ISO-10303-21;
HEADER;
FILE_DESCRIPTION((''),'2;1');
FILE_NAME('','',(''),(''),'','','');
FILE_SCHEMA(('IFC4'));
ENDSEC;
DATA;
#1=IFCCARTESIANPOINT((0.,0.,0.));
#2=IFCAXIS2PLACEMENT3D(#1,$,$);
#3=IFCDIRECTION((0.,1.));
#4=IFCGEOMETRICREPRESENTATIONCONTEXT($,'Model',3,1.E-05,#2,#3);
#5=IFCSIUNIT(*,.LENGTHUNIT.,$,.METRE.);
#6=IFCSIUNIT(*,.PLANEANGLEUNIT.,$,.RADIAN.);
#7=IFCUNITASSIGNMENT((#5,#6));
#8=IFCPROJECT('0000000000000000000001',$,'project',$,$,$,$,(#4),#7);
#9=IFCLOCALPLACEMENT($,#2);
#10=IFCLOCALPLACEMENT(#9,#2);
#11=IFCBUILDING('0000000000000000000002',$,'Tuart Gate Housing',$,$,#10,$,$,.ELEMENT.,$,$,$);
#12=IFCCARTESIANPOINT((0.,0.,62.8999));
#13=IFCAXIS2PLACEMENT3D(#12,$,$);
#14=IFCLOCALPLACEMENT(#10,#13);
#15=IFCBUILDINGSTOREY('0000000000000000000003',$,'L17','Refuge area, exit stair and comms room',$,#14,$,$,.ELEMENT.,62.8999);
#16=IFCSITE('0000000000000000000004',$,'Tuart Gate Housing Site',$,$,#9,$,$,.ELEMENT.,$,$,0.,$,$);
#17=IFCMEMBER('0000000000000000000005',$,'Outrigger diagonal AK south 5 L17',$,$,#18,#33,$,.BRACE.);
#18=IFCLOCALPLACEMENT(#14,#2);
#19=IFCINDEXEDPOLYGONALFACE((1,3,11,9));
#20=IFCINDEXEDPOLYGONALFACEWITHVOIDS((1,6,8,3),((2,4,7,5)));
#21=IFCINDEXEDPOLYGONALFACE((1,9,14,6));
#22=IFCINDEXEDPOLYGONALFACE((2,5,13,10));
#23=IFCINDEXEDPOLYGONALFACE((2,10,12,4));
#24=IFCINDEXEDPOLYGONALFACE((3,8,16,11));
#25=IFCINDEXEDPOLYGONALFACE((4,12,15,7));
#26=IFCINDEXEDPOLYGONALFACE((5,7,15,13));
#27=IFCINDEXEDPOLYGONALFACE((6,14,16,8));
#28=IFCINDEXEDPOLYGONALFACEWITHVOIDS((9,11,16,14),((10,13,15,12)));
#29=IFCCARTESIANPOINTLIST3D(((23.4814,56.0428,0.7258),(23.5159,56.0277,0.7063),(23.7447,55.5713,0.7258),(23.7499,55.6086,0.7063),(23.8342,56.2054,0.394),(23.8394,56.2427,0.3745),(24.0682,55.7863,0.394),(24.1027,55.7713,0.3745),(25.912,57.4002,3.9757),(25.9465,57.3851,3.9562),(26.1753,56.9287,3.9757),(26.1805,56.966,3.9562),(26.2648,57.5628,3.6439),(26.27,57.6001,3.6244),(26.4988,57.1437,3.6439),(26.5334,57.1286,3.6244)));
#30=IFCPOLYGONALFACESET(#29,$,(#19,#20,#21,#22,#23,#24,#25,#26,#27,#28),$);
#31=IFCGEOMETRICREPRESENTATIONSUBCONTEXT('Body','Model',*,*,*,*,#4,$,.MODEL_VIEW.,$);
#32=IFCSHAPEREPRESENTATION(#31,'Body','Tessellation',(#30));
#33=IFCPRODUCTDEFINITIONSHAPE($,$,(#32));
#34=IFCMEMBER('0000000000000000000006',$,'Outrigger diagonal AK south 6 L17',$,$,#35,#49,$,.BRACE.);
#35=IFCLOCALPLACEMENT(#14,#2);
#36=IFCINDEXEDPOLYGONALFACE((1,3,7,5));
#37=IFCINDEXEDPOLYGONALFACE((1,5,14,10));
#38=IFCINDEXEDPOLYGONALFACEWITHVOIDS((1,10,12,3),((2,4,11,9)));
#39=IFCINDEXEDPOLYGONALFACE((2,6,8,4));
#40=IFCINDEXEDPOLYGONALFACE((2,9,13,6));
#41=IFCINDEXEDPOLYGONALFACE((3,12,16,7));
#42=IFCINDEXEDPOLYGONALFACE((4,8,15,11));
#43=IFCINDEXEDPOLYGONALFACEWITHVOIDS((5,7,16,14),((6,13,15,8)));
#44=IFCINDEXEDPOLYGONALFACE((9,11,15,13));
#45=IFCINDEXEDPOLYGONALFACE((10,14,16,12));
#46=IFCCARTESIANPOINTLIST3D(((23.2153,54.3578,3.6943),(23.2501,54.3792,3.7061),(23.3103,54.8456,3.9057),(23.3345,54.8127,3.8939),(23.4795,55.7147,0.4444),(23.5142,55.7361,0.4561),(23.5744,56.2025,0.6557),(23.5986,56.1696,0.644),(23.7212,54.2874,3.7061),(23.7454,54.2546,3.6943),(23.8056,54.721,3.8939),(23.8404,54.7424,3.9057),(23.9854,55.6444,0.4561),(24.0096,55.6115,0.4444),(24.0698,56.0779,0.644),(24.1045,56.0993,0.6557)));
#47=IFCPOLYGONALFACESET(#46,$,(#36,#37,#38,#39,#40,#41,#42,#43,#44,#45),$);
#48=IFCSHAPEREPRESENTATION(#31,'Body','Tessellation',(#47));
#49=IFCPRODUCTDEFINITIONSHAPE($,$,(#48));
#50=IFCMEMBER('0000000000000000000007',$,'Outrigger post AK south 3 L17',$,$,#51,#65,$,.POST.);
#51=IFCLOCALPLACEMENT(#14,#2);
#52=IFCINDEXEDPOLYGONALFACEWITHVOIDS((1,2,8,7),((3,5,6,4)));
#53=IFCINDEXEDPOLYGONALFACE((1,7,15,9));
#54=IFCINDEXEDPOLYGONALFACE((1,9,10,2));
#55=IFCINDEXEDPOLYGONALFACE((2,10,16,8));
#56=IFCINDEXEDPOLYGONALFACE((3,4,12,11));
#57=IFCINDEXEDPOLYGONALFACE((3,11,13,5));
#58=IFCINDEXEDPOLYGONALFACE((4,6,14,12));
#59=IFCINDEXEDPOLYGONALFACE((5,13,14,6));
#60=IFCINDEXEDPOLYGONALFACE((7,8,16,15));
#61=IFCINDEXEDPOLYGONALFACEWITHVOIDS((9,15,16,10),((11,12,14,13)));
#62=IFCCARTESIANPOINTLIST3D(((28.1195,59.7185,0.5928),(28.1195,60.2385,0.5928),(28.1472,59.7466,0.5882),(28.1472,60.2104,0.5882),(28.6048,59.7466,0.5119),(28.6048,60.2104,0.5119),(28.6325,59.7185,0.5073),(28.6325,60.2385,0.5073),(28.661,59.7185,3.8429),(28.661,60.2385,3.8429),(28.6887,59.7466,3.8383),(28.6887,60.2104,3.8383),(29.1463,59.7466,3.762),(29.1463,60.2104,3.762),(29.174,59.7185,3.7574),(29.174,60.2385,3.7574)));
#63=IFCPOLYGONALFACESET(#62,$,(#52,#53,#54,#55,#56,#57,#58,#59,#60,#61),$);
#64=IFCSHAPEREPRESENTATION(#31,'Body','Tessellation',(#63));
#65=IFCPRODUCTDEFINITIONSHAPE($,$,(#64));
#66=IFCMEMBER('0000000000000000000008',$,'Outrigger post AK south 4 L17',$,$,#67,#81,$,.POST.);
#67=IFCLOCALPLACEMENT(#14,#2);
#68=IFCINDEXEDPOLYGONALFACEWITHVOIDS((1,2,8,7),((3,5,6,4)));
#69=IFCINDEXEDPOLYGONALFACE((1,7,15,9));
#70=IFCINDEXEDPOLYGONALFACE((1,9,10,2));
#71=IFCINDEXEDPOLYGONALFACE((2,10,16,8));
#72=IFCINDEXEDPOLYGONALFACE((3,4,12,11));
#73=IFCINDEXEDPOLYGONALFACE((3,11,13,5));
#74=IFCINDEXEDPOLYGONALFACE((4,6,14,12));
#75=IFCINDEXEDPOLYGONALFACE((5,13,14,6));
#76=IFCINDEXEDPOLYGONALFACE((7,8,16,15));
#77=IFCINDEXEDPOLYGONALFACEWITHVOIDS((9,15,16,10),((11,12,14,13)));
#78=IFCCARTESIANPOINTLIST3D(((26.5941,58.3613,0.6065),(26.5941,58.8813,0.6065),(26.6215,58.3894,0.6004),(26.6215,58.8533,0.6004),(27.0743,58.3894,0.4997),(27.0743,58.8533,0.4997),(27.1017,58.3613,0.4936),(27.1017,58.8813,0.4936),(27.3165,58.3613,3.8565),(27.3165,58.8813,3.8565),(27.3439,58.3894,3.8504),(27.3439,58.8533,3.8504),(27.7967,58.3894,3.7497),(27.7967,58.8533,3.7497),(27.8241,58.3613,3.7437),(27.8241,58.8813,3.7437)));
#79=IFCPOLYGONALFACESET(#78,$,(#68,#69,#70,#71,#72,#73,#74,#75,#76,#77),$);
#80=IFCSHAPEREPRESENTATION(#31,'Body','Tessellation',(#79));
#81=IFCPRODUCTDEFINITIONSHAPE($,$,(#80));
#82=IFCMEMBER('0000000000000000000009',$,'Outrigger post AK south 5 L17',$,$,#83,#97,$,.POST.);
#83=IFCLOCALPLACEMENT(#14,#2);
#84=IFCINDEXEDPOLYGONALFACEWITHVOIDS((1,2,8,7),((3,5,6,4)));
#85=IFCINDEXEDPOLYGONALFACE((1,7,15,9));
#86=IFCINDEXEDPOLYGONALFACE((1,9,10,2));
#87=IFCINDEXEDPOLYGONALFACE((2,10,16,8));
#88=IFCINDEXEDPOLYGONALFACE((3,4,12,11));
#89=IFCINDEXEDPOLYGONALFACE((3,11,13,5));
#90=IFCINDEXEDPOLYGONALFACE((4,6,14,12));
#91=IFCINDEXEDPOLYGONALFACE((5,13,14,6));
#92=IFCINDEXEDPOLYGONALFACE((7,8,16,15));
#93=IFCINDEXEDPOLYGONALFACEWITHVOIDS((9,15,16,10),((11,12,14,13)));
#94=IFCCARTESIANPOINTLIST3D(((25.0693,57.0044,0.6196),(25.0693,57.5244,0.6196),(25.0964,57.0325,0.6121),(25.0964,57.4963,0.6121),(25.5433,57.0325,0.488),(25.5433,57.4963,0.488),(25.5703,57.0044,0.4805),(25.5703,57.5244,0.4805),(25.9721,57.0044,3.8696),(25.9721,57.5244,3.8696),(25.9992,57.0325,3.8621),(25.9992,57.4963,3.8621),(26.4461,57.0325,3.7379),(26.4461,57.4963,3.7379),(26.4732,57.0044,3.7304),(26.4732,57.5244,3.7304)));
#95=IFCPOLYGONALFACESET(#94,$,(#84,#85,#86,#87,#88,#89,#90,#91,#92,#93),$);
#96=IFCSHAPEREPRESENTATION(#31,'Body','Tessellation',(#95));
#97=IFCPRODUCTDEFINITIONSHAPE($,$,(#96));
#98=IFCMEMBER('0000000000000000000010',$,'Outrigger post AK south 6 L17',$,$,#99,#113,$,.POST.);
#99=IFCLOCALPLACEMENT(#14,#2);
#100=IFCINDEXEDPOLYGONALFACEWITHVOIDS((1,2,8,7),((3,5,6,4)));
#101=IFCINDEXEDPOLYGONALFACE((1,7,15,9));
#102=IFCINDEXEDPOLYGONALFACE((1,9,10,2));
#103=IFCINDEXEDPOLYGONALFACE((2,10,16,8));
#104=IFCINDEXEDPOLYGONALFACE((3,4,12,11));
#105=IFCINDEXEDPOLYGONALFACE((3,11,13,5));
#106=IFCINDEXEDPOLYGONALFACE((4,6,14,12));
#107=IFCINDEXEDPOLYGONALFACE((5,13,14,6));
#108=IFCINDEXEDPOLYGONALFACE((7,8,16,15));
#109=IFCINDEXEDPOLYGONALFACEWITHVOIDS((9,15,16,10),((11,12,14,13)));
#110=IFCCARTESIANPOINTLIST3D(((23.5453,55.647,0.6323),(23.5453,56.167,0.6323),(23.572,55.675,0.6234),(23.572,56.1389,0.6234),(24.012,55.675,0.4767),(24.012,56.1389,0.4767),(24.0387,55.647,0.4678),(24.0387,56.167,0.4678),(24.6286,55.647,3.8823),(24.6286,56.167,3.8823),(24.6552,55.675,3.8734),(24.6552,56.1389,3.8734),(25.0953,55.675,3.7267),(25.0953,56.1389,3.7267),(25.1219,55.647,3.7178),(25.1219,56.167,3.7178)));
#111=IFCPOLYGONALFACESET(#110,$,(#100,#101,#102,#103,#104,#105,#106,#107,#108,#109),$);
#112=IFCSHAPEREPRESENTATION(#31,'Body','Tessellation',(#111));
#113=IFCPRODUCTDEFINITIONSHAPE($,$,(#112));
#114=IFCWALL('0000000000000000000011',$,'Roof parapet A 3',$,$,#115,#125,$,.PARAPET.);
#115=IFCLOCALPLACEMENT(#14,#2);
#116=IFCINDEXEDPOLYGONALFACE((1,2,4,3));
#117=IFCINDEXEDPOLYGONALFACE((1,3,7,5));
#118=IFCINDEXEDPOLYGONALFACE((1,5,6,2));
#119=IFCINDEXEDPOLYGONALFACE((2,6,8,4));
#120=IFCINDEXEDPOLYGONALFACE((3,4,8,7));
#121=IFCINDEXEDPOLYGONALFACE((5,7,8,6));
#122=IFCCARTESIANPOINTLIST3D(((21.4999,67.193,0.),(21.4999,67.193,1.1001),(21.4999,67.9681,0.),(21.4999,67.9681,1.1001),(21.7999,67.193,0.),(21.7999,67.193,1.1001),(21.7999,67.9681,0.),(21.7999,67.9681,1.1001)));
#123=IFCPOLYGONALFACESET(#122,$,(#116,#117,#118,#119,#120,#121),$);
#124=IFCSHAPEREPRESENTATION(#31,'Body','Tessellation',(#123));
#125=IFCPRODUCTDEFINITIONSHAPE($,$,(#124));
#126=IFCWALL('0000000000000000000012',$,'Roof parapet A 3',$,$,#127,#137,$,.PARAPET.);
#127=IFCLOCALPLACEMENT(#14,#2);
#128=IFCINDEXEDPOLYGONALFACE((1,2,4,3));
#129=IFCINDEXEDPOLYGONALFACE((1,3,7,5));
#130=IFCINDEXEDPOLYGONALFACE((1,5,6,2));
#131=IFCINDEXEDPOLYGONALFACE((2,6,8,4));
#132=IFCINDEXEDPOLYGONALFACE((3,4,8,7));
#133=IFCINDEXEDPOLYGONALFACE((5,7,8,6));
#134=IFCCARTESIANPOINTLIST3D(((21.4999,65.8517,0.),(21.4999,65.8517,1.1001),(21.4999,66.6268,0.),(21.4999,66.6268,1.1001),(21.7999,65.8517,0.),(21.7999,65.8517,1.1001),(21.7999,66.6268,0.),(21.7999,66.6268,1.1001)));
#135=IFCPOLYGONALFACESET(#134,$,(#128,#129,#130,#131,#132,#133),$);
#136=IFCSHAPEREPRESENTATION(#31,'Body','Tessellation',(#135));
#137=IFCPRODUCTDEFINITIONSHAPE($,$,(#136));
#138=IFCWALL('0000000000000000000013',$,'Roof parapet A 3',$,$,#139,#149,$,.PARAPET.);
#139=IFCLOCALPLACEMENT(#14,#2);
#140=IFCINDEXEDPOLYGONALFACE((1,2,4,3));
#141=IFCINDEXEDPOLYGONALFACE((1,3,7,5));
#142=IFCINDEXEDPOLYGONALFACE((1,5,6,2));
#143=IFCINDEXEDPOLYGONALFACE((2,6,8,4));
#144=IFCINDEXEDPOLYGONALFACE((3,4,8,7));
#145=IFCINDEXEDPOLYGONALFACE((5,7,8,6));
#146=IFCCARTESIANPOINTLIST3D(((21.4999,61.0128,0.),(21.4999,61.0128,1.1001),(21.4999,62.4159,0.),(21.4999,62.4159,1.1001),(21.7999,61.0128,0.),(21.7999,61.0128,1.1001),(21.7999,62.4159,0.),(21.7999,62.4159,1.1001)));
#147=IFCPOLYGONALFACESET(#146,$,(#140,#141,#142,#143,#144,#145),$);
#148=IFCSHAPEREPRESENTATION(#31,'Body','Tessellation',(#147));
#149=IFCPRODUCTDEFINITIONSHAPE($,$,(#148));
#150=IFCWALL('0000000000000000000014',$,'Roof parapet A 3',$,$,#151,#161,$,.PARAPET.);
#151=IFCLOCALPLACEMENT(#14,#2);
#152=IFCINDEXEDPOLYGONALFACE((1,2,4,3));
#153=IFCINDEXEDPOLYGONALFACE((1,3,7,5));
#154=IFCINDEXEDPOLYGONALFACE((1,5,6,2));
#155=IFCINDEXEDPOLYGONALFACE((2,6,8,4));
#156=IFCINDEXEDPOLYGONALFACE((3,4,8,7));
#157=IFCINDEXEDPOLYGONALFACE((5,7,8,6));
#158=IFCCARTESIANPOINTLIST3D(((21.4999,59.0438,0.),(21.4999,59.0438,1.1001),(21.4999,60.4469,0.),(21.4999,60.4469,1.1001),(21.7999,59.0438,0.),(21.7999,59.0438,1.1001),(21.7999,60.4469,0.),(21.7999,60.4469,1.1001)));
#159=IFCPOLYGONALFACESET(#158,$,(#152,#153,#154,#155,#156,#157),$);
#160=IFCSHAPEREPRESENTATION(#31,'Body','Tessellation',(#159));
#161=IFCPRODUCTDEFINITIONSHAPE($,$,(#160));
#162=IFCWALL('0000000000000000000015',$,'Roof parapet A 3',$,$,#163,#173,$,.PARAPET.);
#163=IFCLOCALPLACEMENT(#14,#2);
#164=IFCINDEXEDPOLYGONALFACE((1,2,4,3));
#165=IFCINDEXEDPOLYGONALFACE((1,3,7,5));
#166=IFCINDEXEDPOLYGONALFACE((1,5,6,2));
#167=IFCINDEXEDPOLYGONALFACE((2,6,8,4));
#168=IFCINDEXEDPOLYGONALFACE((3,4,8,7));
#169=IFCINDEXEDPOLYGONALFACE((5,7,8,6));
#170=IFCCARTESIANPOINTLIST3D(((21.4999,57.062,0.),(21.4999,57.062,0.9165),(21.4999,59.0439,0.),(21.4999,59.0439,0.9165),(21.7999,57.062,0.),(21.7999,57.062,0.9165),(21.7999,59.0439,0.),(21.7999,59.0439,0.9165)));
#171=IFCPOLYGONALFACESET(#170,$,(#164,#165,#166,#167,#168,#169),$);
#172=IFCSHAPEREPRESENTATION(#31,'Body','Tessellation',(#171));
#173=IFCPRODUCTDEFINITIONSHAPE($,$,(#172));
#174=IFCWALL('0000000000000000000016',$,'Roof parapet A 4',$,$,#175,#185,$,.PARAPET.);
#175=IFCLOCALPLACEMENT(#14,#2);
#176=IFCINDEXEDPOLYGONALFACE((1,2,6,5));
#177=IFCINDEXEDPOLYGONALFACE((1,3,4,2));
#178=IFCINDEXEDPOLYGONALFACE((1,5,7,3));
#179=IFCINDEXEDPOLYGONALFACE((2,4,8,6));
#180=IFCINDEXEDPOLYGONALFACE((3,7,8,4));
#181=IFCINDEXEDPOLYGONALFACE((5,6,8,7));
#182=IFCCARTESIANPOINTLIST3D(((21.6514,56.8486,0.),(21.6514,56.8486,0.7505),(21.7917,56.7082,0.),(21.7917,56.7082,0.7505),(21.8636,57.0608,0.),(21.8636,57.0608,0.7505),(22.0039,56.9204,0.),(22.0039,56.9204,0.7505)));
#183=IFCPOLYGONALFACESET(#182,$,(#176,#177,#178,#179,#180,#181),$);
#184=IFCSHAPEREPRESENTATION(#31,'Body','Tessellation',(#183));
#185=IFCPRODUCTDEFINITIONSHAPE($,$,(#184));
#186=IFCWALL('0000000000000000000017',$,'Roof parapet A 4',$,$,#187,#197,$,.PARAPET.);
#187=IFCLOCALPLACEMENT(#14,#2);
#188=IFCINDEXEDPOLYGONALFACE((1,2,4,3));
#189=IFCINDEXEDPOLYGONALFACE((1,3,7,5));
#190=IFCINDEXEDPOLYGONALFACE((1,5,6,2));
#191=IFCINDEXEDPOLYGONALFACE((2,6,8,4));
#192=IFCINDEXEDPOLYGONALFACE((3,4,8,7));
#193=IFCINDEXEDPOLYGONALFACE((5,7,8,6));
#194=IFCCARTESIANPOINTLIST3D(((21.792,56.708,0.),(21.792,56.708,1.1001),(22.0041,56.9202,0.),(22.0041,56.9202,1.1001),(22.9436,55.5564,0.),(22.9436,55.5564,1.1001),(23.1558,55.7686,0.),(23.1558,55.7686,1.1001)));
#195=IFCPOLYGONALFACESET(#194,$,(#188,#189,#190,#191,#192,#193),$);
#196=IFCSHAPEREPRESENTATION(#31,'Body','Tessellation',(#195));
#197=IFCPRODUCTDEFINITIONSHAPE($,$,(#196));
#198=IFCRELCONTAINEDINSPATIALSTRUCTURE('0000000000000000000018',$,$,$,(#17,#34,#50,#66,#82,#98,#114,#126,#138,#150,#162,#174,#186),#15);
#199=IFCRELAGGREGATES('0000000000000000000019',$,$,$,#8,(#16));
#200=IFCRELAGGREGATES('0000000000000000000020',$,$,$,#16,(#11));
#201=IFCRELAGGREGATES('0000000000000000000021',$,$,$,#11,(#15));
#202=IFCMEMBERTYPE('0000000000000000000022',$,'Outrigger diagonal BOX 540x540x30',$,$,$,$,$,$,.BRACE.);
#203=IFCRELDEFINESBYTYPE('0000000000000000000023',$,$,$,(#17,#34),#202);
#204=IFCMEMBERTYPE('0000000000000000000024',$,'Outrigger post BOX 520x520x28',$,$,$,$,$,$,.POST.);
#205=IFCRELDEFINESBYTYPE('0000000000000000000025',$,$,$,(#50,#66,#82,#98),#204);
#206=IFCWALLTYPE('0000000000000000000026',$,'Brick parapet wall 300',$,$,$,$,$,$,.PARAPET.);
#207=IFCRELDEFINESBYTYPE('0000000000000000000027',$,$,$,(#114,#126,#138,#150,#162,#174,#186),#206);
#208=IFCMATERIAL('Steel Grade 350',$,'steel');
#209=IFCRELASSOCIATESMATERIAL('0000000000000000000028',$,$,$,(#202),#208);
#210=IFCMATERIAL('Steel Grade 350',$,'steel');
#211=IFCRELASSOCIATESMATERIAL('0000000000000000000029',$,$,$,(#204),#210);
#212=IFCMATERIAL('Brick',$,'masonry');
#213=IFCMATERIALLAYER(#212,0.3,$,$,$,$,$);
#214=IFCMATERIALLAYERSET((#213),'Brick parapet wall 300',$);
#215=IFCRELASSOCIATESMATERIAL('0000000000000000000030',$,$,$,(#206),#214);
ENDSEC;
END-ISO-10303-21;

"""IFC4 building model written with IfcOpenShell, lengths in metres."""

from ifc_helpers import new_model, si_unit, direction, frame, frame_2d, origin, origin_2d, place, context, subcontext, project, spatial, rectangle, hollow_rectangle, extrude, material, layer, layer_set, material_profile, profile_set, type_object, element, save


model = new_model("IFC4")

# Units and contexts
model_context = context("Model", 3, precision=1e-05, world=origin(), true_north=direction((0.0, 1.0)))
body_context = subcontext(model_context, "Body", "Model", "MODEL_VIEW")
ifc_project = project(units=[si_unit("LENGTHUNIT", "METRE"), si_unit("PLANEANGLEUNIT", "RADIAN")], contexts=[model_context])

# Site, building, storey
site_placement = place(None, origin())
site = spatial("IfcSite", under=ifc_project, at=site_placement, Name="Tuart Gate Housing Site", CompositionType="ELEMENT", RefElevation=0.0)
building_placement = place(site_placement, origin())
building = spatial("IfcBuilding", under=site, at=building_placement, Name="Tuart Gate Housing", CompositionType="ELEMENT")
storey_placement = place(building_placement, frame((0.0, 0.0, 62.8999)))
storey = spatial("IfcBuildingStorey", under=building, at=storey_placement, Name="L17", Description="Refuge area, exit stair and comms room", CompositionType="ELEMENT", Elevation=62.8999)

# Members
ifc_material_1 = material(Name="Steel Grade 350", Category="steel")
ifc_material_profile_1 = material_profile(ifc_material_1, hollow_rectangle(XDim=0.54, YDim=0.54, WallThickness=0.03, at=origin_2d()), Name="BOX 540x540x30")
ifc_profile_set_1 = profile_set([ifc_material_profile_1], Name="Steel Grade 350")
member_type_1 = type_object("IfcMemberType", Name="Outrigger diagonal BOX 540x540x30", PredefinedType="BRACE", material=ifc_profile_set_1)
member_1_placement = place(storey_placement, frame((26.2227, 57.2644, 3.8), z_axis=(-0.567992, -0.317199, -0.759453), x_axis=(0.487578, -0.87308, 0.0)))
element("IfcMember", 1, at=member_1_placement, inside=storey, type_object=member_type_1, Name="Outrigger diagonal AK south 5 L17", PredefinedType="BRACE", context=body_context, shape_type="SweptSolid", body=[
    extrude(hollow_rectangle(XDim=0.54, YDim=0.54, WallThickness=0.03, at=origin_2d()), origin(), (0.0, 0.0, 1.0), 4.2793),
])
member_2_placement = place(storey_placement, frame((23.792, 55.907, 0.55), z_axis=(-0.074795, -0.384205, 0.920213), x_axis=(0.981573, -0.191087, 0.0)))
element("IfcMember", 2, at=member_2_placement, inside=storey, type_object=member_type_1, Name="Outrigger diagonal AK south 6 L17", PredefinedType="BRACE", context=body_context, shape_type="SweptSolid", body=[
    extrude(hollow_rectangle(XDim=0.54, YDim=0.54, WallThickness=0.03, at=origin_2d()), origin(), (0.0, 0.0, 1.0), 3.5317),
])
ifc_material_2 = material(Name="Steel Grade 350", Category="steel")
ifc_material_profile_2 = material_profile(ifc_material_2, hollow_rectangle(XDim=0.52, YDim=0.52, WallThickness=0.0281, at=origin_2d()), Name="BOX 520x520x28")
ifc_profile_set_2 = profile_set([ifc_material_profile_2], Name="Steel Grade 350")
member_type_2 = type_object("IfcMemberType", Name="Outrigger post BOX 520x520x28", PredefinedType="POST", material=ifc_profile_set_2)
member_3_placement = place(storey_placement, frame((28.376, 59.9785, 0.55), z_axis=(0.164351, 0.0, 0.986402), x_axis=(0.0, 1.0, 0.0)))
element("IfcMember", 3, at=member_3_placement, inside=storey, type_object=member_type_2, Name="Outrigger post AK south 3 L17", PredefinedType="POST", context=body_context, shape_type="SweptSolid", body=[
    extrude(hollow_rectangle(XDim=0.52, YDim=0.52, WallThickness=0.0281, at=origin_2d()), origin(), (0.0, 0.0, 1.0), 3.2949),
])
member_4_placement = place(storey_placement, frame((26.8479, 58.6213, 0.55), z_axis=(0.216985, 0.0, 0.976175), x_axis=(0.0, 1.0, 0.0)))
element("IfcMember", 4, at=member_4_placement, inside=storey, type_object=member_type_2, Name="Outrigger post AK south 4 L17", PredefinedType="POST", context=body_context, shape_type="SweptSolid", body=[
    extrude(hollow_rectangle(XDim=0.52, YDim=0.52, WallThickness=0.0281, at=origin_2d()), origin(), (0.0, 0.0, 1.0), 3.3293),
])
member_5_placement = place(storey_placement, frame((25.3198, 57.2644, 0.55), z_axis=(0.267659, 0.0, 0.963514), x_axis=(0.0, 1.0, 0.0)))
element("IfcMember", 5, at=member_5_placement, inside=storey, type_object=member_type_2, Name="Outrigger post AK south 5 L17", PredefinedType="POST", context=body_context, shape_type="SweptSolid", body=[
    extrude(hollow_rectangle(XDim=0.52, YDim=0.52, WallThickness=0.0281, at=origin_2d()), origin(), (0.0, 0.0, 1.0), 3.373),
])
member_6_placement = place(storey_placement, frame((23.792, 55.907, 0.55), z_axis=(0.316206, 0.0, 0.94869), x_axis=(0.0, 1.0, 0.0)))
element("IfcMember", 6, at=member_6_placement, inside=storey, type_object=member_type_2, Name="Outrigger post AK south 6 L17", PredefinedType="POST", context=body_context, shape_type="SweptSolid", body=[
    extrude(hollow_rectangle(XDim=0.52, YDim=0.52, WallThickness=0.0281, at=origin_2d()), origin(), (0.0, 0.0, 1.0), 3.4258),
])

# Walls
ifc_material_3 = material(Name="Brick", Category="masonry")
ifc_layer_1 = layer(ifc_material_3, 0.3)
ifc_layer_set_1 = layer_set([ifc_layer_1], Name="Brick parapet wall 300")
wall_type_1 = type_object("IfcWallType", Name="Brick parapet wall 300", PredefinedType="PARAPET", material=ifc_layer_set_1)
for number, where, z_axis, x_axis, name in (
    (7, (21.6499, 67.9683, 0.0), (0.0, 0.0, 1.0), (0.0, -1.0, 0.0), "Roof parapet A 3"),
    (8, (21.6499, 66.627, 0.0), (0.0, 0.0, 1.0), (0.0, -1.0, 0.0), "Roof parapet A 3"),
):
    element("IfcWall", number, at=place(storey_placement, frame(where, z_axis=z_axis, x_axis=x_axis)), inside=storey, type_object=wall_type_1, Name=name, PredefinedType="PARAPET", context=body_context, shape_type="SweptSolid", body=[
        extrude(rectangle(XDim=0.7751, YDim=0.3, at=frame_2d((0.3877, 0.0))), origin(), (0.0, 0.0, 1.0), 1.1001),
    ])
for number, where, z_axis, x_axis, name in (
    (9, (21.6499, 62.416, 0.0), (0.0, 0.0, 1.0), (0.0, -1.0, 0.0), "Roof parapet A 3"),
    (10, (21.6499, 60.447, 0.0), (0.0, 0.0, 1.0), (0.0, -1.0, 0.0), "Roof parapet A 3"),
):
    element("IfcWall", number, at=place(storey_placement, frame(where, z_axis=z_axis, x_axis=x_axis)), inside=storey, type_object=wall_type_1, Name=name, PredefinedType="PARAPET", context=body_context, shape_type="SweptSolid", body=[
        extrude(rectangle(XDim=1.4031, YDim=0.3, at=frame_2d((0.7017, 0.0))), origin(), (0.0, 0.0, 1.0), 1.1001),
    ])
wall_1_placement = place(storey_placement, frame((21.6499, 59.0439, 0.0), z_axis=(0.0, 0.0, 1.0), x_axis=(0.0, -1.0, 0.0)))
element("IfcWall", 11, at=wall_1_placement, inside=storey, type_object=wall_type_1, Name="Roof parapet A 3", PredefinedType="PARAPET", context=body_context, shape_type="SweptSolid", body=[
    extrude(rectangle(XDim=1.9819, YDim=0.3, at=frame_2d((0.991, 0.0))), origin(), (0.0, 0.0, 1.0), 0.9165),
])
wall_2_placement = place(storey_placement, frame((21.7576, 56.9546, 0.0), z_axis=(0.0, 0.0, 1.0), x_axis=(0.707107, -0.707107, 0.0)))
element("IfcWall", 12, at=wall_2_placement, inside=storey, type_object=wall_type_1, Name="Roof parapet A 4", PredefinedType="PARAPET", context=body_context, shape_type="SweptSolid", body=[
    extrude(rectangle(XDim=0.1985, YDim=0.3, at=frame_2d((0.0991, 0.0))), origin(), (0.0, 0.0, 1.0), 0.7505),
])
wall_3_placement = place(storey_placement, frame((21.8979, 56.8142, 0.0), z_axis=(0.0, 0.0, 1.0), x_axis=(0.707107, -0.707107, 0.0)))
element("IfcWall", 13, at=wall_3_placement, inside=storey, type_object=wall_type_1, Name="Roof parapet A 4", PredefinedType="PARAPET", context=body_context, shape_type="SweptSolid", body=[
    extrude(rectangle(XDim=1.6287, YDim=0.3, at=frame_2d((0.8145, 0.0))), origin(), (0.0, 0.0, 1.0), 1.1001),
])

save(model, "model.ifc")
